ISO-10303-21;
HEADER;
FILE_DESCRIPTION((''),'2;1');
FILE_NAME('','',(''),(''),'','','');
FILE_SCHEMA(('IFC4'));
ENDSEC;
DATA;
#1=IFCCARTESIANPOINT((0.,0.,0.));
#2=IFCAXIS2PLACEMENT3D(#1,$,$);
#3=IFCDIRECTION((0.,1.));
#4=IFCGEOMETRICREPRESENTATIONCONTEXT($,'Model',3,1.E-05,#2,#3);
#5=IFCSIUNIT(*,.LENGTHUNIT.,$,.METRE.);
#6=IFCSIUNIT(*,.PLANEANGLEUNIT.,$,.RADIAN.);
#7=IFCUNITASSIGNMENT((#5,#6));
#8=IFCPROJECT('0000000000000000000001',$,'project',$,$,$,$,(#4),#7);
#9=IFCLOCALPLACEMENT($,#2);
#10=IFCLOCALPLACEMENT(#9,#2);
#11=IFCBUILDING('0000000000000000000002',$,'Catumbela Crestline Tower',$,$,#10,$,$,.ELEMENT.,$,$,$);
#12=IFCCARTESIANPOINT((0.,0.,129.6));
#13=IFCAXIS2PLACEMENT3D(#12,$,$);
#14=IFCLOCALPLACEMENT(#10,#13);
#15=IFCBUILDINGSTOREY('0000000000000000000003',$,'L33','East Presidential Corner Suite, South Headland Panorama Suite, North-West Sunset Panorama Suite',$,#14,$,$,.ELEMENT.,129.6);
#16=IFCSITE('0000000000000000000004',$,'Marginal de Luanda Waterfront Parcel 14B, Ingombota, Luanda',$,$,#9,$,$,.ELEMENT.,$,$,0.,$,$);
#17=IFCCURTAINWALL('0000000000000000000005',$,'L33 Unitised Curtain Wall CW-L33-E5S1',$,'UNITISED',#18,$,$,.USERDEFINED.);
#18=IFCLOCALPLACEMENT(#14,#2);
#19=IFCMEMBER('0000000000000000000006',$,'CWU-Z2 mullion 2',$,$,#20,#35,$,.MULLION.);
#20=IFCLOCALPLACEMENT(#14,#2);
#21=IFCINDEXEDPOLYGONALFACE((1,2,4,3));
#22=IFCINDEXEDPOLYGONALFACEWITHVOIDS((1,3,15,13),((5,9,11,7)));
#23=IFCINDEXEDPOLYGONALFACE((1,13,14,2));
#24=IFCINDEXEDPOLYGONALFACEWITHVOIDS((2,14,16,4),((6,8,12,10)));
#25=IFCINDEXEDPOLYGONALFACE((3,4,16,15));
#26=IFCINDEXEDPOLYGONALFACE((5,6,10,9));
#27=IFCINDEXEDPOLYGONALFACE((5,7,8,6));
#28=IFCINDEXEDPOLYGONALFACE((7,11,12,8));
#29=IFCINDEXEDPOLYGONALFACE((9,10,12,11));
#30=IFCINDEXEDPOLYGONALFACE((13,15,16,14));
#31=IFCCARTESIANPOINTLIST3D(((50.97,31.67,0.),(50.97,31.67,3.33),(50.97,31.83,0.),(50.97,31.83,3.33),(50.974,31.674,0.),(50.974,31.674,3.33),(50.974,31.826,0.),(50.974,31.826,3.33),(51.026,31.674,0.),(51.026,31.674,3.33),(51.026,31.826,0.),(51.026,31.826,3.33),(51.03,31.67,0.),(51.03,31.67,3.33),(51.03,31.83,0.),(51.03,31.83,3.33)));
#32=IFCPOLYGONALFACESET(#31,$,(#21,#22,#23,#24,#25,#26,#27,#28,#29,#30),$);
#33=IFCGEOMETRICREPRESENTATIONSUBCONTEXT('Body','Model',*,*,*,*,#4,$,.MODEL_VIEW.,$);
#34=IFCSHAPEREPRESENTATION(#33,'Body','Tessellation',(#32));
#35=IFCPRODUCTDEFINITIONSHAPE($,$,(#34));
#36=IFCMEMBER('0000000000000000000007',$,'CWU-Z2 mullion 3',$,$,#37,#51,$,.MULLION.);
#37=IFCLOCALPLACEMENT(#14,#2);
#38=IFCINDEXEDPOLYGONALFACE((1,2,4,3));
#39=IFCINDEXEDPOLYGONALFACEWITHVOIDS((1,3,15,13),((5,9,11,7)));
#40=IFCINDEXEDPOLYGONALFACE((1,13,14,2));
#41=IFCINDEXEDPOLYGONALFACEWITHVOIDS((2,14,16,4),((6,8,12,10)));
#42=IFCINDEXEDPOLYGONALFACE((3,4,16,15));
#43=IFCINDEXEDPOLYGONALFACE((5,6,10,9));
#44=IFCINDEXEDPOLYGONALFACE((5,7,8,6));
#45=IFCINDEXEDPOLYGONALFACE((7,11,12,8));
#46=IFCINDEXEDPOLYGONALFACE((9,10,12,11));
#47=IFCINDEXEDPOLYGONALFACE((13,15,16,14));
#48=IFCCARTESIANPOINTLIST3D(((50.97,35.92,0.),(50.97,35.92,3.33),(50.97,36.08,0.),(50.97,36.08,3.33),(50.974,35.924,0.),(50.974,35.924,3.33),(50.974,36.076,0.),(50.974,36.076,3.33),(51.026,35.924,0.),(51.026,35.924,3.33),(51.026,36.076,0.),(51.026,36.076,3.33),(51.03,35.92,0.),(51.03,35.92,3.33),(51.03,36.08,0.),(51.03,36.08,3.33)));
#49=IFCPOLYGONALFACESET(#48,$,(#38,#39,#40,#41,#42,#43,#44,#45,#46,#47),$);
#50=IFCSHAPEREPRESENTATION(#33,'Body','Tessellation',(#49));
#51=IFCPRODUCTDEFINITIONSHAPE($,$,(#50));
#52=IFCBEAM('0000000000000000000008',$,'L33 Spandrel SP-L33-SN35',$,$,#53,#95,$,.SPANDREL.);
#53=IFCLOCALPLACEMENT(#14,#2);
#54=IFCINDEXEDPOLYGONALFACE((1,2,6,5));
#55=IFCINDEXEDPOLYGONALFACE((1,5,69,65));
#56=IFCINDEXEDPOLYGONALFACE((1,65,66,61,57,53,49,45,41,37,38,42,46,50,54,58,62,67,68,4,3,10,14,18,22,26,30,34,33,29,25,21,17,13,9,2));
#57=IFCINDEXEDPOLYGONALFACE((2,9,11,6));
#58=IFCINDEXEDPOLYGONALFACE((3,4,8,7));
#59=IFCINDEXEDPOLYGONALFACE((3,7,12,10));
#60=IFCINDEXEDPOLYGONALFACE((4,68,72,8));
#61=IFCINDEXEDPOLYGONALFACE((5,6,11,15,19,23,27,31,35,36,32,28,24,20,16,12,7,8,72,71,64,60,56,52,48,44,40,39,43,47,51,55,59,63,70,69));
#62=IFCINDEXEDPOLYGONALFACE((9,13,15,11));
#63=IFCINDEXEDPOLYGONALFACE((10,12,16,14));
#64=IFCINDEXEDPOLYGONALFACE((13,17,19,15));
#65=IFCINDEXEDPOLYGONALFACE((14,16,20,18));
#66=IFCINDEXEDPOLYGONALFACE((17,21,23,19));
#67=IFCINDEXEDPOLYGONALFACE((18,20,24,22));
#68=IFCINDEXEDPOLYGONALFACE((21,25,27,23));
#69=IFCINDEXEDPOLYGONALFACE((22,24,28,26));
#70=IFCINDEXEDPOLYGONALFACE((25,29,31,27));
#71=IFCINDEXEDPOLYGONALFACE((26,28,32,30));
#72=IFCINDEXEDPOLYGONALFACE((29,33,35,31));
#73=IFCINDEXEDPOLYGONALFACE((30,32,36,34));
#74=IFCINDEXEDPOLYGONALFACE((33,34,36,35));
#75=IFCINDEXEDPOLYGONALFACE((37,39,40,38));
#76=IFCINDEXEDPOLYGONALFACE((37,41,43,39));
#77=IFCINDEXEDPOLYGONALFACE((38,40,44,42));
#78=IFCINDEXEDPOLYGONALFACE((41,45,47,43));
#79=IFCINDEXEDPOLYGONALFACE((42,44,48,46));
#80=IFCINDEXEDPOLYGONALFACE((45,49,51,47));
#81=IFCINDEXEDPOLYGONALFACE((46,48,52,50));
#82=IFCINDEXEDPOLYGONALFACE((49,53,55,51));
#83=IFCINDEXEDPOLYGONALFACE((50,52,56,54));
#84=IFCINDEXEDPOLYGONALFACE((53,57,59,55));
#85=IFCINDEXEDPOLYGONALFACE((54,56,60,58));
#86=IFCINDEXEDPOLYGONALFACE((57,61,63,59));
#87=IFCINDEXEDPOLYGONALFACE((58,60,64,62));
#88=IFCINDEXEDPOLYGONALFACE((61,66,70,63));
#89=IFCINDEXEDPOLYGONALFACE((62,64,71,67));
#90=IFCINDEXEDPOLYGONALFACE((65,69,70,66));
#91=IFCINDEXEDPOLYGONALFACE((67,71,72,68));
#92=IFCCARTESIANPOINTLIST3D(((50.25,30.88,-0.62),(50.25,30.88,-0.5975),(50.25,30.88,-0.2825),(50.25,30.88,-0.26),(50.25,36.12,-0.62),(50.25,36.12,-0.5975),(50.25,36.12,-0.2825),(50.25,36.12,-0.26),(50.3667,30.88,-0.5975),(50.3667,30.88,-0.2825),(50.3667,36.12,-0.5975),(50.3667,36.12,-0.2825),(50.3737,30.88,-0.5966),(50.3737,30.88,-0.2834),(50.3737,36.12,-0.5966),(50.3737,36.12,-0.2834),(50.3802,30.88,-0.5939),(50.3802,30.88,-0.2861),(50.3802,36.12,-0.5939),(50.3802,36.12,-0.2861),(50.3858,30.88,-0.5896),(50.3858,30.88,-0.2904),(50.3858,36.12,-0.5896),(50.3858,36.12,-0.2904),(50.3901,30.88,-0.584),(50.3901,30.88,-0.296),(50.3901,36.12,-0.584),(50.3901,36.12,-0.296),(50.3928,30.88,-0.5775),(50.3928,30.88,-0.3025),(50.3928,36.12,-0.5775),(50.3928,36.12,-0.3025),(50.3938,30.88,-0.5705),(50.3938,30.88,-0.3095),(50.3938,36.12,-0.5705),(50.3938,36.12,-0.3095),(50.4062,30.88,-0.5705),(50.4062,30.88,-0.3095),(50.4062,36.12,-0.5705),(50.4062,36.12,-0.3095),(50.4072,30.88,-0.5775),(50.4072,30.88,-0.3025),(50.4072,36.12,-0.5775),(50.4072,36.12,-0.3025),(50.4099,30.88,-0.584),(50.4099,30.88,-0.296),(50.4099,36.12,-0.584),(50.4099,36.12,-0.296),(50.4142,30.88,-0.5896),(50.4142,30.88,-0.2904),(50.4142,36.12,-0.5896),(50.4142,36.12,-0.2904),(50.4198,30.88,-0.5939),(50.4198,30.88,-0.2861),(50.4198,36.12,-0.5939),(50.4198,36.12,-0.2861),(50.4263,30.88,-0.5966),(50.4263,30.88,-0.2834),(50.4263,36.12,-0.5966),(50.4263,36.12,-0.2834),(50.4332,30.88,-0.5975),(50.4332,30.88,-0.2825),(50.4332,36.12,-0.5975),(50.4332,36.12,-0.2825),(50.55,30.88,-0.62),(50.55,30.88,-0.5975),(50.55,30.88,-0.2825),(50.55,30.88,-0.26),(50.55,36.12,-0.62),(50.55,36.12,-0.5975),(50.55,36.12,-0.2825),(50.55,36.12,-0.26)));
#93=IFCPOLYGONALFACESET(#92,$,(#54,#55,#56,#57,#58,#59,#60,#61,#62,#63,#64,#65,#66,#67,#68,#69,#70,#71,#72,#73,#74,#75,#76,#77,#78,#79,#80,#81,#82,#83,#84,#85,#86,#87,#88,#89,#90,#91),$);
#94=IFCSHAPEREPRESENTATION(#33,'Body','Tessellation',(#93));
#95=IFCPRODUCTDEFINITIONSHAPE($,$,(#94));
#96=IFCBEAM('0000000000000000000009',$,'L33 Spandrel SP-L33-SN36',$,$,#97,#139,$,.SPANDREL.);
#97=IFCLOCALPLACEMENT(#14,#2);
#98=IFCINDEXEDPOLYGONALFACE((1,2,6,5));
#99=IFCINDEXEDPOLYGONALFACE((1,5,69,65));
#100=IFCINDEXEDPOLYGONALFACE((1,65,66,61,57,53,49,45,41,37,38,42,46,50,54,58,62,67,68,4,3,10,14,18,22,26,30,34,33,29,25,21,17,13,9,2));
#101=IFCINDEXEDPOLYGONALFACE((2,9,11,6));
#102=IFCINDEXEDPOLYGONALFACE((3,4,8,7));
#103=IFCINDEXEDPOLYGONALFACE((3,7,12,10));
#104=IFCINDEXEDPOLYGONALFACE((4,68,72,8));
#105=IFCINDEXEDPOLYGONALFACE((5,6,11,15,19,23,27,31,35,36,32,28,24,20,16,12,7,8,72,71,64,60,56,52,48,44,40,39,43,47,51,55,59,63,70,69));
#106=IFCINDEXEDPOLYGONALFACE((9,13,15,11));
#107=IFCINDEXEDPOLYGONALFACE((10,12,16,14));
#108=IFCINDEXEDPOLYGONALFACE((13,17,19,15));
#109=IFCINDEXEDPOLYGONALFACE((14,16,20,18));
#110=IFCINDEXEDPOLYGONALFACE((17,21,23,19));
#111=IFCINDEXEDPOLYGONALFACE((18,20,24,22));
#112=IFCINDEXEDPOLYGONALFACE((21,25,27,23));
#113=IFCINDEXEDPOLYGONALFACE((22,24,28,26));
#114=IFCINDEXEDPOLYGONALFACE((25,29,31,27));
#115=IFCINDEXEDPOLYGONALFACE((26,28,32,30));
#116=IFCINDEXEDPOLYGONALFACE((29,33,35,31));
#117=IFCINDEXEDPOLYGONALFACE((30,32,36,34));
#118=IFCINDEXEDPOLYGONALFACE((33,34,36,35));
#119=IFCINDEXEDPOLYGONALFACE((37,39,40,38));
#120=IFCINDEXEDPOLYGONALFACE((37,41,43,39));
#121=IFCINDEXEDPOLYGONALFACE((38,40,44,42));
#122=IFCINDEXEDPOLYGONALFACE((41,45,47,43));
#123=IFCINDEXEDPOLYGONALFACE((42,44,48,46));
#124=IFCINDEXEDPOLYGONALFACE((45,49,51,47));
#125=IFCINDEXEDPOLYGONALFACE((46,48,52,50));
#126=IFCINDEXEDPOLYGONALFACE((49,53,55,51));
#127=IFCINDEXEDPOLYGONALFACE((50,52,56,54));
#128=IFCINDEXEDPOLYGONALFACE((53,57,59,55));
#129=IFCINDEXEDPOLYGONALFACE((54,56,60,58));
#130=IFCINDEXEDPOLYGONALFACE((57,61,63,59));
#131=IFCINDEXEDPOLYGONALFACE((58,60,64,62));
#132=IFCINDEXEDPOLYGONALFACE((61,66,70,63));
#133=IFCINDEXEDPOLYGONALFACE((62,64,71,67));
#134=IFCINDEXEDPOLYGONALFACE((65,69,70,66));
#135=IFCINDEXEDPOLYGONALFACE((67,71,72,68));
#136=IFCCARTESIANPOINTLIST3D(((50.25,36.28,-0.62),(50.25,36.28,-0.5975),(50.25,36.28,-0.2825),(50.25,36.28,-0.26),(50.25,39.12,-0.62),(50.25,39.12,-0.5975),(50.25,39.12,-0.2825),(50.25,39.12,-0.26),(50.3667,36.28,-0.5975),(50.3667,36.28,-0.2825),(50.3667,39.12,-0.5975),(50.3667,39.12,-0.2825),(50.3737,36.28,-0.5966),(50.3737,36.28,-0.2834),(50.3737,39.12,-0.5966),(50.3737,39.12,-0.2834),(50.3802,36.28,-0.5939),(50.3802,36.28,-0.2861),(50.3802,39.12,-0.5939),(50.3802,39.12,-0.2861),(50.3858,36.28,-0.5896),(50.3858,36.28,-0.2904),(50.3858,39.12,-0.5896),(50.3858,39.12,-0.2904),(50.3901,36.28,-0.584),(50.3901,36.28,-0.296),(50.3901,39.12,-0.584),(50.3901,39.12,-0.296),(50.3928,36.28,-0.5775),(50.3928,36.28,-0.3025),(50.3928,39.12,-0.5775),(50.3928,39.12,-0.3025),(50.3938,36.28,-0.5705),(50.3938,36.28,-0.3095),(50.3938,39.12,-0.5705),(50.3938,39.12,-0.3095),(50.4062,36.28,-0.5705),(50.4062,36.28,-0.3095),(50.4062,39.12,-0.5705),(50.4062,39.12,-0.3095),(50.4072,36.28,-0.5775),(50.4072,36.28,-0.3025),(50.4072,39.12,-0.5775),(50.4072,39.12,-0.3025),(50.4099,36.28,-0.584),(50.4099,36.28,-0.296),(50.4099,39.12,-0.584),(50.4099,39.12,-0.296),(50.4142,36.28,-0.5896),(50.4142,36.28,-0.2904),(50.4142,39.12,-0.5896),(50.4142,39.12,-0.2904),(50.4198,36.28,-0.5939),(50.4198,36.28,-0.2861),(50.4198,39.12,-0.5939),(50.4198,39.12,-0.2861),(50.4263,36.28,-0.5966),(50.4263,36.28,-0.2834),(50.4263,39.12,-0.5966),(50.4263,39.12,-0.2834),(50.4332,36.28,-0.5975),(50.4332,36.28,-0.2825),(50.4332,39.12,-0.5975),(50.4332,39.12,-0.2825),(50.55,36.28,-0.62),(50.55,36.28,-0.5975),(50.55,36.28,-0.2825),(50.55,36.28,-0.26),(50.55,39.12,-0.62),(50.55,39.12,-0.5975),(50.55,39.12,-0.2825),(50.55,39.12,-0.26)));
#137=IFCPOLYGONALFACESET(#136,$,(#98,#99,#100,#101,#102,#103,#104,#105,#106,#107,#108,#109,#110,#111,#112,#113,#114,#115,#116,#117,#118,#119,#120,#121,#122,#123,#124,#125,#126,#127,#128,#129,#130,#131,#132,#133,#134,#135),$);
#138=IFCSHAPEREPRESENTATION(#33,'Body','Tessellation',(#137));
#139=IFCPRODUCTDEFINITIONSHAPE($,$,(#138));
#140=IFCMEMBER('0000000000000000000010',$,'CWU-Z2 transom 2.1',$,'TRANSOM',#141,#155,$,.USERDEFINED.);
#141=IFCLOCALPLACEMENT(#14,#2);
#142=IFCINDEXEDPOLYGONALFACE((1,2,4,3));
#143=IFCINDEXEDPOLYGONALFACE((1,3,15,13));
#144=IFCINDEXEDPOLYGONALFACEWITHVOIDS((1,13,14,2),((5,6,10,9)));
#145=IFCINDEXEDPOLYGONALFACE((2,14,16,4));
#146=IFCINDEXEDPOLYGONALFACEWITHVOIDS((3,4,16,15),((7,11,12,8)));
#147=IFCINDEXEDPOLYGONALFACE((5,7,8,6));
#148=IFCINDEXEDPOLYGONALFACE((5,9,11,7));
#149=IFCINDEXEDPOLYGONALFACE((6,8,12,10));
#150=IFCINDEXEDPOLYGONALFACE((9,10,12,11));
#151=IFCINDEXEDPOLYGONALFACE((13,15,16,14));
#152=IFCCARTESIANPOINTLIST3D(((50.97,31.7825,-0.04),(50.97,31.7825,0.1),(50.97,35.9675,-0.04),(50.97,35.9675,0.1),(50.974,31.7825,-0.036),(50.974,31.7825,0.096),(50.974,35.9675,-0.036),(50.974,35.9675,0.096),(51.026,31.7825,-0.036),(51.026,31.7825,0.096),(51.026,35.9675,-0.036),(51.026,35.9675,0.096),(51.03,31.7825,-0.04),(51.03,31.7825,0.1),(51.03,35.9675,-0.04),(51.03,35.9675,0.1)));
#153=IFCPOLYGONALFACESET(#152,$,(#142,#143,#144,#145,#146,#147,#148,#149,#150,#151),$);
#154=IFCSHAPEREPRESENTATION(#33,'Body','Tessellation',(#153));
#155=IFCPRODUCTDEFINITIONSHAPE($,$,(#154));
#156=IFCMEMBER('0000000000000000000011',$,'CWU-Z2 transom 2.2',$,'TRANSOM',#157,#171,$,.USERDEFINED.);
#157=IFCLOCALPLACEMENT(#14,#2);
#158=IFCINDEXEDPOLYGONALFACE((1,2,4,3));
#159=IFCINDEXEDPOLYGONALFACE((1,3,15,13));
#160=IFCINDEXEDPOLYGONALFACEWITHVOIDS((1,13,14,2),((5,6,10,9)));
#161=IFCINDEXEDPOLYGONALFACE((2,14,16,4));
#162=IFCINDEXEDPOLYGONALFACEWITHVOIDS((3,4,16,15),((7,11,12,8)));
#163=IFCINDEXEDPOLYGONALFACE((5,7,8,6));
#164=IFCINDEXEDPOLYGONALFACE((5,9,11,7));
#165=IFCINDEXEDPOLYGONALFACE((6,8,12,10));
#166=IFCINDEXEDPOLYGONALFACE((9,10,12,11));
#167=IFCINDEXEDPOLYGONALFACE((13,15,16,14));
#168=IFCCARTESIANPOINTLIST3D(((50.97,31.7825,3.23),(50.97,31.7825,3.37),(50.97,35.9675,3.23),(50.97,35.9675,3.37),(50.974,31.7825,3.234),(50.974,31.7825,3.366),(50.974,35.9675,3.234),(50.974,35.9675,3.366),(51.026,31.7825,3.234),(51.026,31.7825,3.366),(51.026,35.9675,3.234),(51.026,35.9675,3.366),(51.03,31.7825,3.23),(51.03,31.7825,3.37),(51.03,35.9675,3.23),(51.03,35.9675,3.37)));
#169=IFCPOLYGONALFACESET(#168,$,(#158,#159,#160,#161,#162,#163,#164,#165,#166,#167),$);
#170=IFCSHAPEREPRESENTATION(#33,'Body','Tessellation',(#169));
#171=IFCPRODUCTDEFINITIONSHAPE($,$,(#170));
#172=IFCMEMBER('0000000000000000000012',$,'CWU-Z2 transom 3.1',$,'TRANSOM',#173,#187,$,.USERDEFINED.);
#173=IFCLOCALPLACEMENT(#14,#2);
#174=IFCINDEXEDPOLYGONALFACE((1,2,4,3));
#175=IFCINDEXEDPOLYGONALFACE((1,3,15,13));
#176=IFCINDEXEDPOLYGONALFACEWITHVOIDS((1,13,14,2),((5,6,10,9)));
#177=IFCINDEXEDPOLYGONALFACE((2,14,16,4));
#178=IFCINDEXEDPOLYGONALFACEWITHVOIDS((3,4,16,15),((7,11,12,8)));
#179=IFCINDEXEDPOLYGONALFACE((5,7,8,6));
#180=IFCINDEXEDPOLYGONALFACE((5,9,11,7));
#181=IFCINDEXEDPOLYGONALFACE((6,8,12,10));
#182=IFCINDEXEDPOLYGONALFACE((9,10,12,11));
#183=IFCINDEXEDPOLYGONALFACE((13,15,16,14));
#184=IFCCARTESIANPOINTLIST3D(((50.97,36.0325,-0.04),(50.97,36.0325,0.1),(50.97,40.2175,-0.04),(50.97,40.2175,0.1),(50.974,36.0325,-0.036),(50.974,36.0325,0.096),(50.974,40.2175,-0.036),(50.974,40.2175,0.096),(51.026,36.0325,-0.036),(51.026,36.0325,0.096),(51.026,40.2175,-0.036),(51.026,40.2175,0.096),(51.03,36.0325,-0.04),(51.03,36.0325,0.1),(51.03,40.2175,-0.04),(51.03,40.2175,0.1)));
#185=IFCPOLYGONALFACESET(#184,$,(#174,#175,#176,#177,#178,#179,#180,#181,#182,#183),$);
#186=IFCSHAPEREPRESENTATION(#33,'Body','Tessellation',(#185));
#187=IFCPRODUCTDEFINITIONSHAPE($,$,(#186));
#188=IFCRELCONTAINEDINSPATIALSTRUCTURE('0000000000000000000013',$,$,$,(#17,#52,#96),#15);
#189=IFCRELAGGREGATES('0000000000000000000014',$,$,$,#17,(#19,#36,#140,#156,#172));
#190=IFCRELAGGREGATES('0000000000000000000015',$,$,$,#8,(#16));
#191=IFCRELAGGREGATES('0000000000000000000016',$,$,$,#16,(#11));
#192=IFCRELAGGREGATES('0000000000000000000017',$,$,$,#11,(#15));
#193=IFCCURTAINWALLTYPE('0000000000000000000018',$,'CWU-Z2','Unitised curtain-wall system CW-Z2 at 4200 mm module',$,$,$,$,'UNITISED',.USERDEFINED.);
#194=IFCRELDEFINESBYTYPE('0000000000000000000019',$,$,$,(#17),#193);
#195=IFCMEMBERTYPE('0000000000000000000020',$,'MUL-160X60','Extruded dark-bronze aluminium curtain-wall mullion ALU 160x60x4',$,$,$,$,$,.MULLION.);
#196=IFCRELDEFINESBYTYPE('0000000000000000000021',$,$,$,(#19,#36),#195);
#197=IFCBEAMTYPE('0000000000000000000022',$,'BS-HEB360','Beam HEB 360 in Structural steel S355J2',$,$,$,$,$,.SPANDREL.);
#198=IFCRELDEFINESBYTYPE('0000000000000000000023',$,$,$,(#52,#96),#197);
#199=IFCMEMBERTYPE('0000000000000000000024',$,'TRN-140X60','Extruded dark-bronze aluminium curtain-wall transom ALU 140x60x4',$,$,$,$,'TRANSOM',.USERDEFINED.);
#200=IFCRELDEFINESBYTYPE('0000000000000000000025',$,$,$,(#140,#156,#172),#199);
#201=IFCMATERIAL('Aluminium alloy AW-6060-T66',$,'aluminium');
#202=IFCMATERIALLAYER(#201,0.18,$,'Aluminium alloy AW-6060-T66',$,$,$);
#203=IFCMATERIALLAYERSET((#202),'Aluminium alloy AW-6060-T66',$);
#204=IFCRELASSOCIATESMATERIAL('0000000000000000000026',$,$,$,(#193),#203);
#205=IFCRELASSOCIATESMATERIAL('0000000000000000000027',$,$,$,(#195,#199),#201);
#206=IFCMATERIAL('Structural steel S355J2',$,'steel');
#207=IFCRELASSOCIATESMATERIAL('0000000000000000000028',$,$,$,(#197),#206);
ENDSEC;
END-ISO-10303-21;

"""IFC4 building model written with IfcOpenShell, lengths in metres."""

from ifc_helpers import new_model, si_unit, direction, frame, origin, origin_2d, place, context, subcontext, project, spatial, hollow_rectangle, i_section, extrude, material, layer, layer_set, material_profile, profile_set, type_object, element, aggregate, save


model = new_model("IFC4")

# Units and contexts
model_context = context("Model", 3, precision=1e-05, world=origin(), true_north=direction((0.0, 1.0)))
body_context = subcontext(model_context, "Body", "Model", "MODEL_VIEW")
ifc_project = project(units=[si_unit("LENGTHUNIT", "METRE"), si_unit("PLANEANGLEUNIT", "RADIAN")], contexts=[model_context])

# Site, building, storey
site_placement = place(None, origin())
site = spatial("IfcSite", under=ifc_project, at=site_placement, Name="Marginal de Luanda Waterfront Parcel 14B, Ingombota, Luanda", CompositionType="ELEMENT", RefElevation=0.0)
building_placement = place(site_placement, origin())
building = spatial("IfcBuilding", under=site, at=building_placement, Name="Catumbela Crestline Tower", CompositionType="ELEMENT")
storey_placement = place(building_placement, frame((0.0, 0.0, 129.6)))
storey = spatial("IfcBuildingStorey", under=building, at=storey_placement, Name="L33", Description="East Presidential Corner Suite, South Headland Panorama Suite, North-West Sunset Panorama Suite", CompositionType="ELEMENT", Elevation=129.6)

# Shared definitions
ifc_material_1 = material(Name="Structural steel S355J2", Category="steel")

# Curtain wall, members
ifc_material_2 = material(Name="Aluminium alloy AW-6060-T66", Category="aluminium")
ifc_layer_1 = layer(ifc_material_2, 0.18, Name="Aluminium alloy AW-6060-T66")
ifc_layer_set_1 = layer_set([ifc_layer_1], Name="Aluminium alloy AW-6060-T66")
curtain_wall_type = type_object("IfcCurtainWallType", Name="CWU-Z2", Description="Unitised curtain-wall system CW-Z2 at 4200 mm module", ElementType="UNITISED", PredefinedType="USERDEFINED", material=ifc_layer_set_1)
curtain_wall_placement = place(storey_placement, origin())
curtain_wall = element("IfcCurtainWall", 1, at=curtain_wall_placement, inside=storey, type_object=curtain_wall_type, Name="L33 Unitised Curtain Wall CW-L33-E5S1", ObjectType="UNITISED", PredefinedType="USERDEFINED")
ifc_material_profile_1 = material_profile(ifc_material_2, hollow_rectangle(XDim=0.06, YDim=0.16, WallThickness=0.004, at=origin_2d()), Name="ALU 160x60x4")
ifc_profile_set_1 = profile_set([ifc_material_profile_1], Name="Aluminium alloy AW-6060-T66")
member_type_1 = type_object("IfcMemberType", Name="MUL-160X60", Description="Extruded dark-bronze aluminium curtain-wall mullion ALU 160x60x4", PredefinedType="MULLION", material=ifc_profile_set_1)
member_1_placement = place(storey_placement, frame((51.0, 31.75, 0.0), z_axis=(0.0, 0.0, 1.0), x_axis=(-1.0, 0.0, 0.0)))
member_1 = element("IfcMember", 2, at=member_1_placement, type_object=member_type_1, Name="CWU-Z2 mullion 2", PredefinedType="MULLION", context=body_context, shape_type="SweptSolid", body=[
    extrude(hollow_rectangle(XDim=0.06, YDim=0.16, WallThickness=0.004, at=origin_2d()), origin(), (0.0, 0.0, 1.0), 3.33),
])
member_2_placement = place(storey_placement, frame((51.0, 36.0, 0.0), z_axis=(0.0, 0.0, 1.0), x_axis=(-1.0, 0.0, 0.0)))
member_2 = element("IfcMember", 3, at=member_2_placement, type_object=member_type_1, Name="CWU-Z2 mullion 3", PredefinedType="MULLION", context=body_context, shape_type="SweptSolid", body=[
    extrude(hollow_rectangle(XDim=0.06, YDim=0.16, WallThickness=0.004, at=origin_2d()), origin(), (0.0, 0.0, 1.0), 3.33),
])

# Beams
ifc_material_profile_2 = material_profile(ifc_material_1, i_section(OverallWidth=0.3, OverallDepth=0.36, WebThickness=0.0125, FlangeThickness=0.0225, FilletRadius=0.027, at=origin_2d()), Name="HEB 360")
ifc_profile_set_2 = profile_set([ifc_material_profile_2], Name="Structural steel S355J2")
beam_type_1 = type_object("IfcBeamType", Name="BS-HEB360", Description="Beam HEB 360 in Structural steel S355J2", PredefinedType="SPANDREL", material=ifc_profile_set_2)
beam_1_placement = place(storey_placement, frame((50.4, 30.88, -0.44), z_axis=(0.0, 1.0, 0.0), x_axis=(-1.0, 0.0, 0.0)))
element("IfcBeam", 4, at=beam_1_placement, inside=storey, type_object=beam_type_1, Name="L33 Spandrel SP-L33-SN35", PredefinedType="SPANDREL", context=body_context, shape_type="SweptSolid", body=[
    extrude(i_section(OverallWidth=0.3, OverallDepth=0.36, WebThickness=0.0125, FlangeThickness=0.0225, FilletRadius=0.027, at=origin_2d()), origin(), (0.0, 0.0, 1.0), 5.24),
])
beam_2_placement = place(storey_placement, frame((50.4, 36.28, -0.44), z_axis=(0.0, 1.0, 0.0), x_axis=(-1.0, 0.0, 0.0)))
element("IfcBeam", 5, at=beam_2_placement, inside=storey, type_object=beam_type_1, Name="L33 Spandrel SP-L33-SN36", PredefinedType="SPANDREL", context=body_context, shape_type="SweptSolid", body=[
    extrude(i_section(OverallWidth=0.3, OverallDepth=0.36, WebThickness=0.0125, FlangeThickness=0.0225, FilletRadius=0.027, at=origin_2d()), origin(), (0.0, 0.0, 1.0), 2.84),
])

# Members
ifc_material_profile_3 = material_profile(ifc_material_2, hollow_rectangle(XDim=0.06, YDim=0.14, WallThickness=0.004, at=origin_2d()), Name="ALU 140x60x4")
ifc_profile_set_3 = profile_set([ifc_material_profile_3], Name="Aluminium alloy AW-6060-T66")
member_type_2 = type_object("IfcMemberType", Name="TRN-140X60", Description="Extruded dark-bronze aluminium curtain-wall transom ALU 140x60x4", ElementType="TRANSOM", PredefinedType="USERDEFINED", material=ifc_profile_set_3)
member_3_placement = place(storey_placement, frame((51.0, 31.7825, 0.03), z_axis=(0.0, 1.0, 0.0), x_axis=(-1.0, 0.0, 0.0)))
member_3 = element("IfcMember", 6, at=member_3_placement, type_object=member_type_2, Name="CWU-Z2 transom 2.1", ObjectType="TRANSOM", PredefinedType="USERDEFINED", context=body_context, shape_type="SweptSolid", body=[
    extrude(hollow_rectangle(XDim=0.06, YDim=0.14, WallThickness=0.004, at=origin_2d()), origin(), (0.0, 0.0, 1.0), 4.185),
])
member_4_placement = place(storey_placement, frame((51.0, 31.7825, 3.3), z_axis=(0.0, 1.0, 0.0), x_axis=(-1.0, 0.0, 0.0)))
member_4 = element("IfcMember", 7, at=member_4_placement, type_object=member_type_2, Name="CWU-Z2 transom 2.2", ObjectType="TRANSOM", PredefinedType="USERDEFINED", context=body_context, shape_type="SweptSolid", body=[
    extrude(hollow_rectangle(XDim=0.06, YDim=0.14, WallThickness=0.004, at=origin_2d()), origin(), (0.0, 0.0, 1.0), 4.185),
])
member_5_placement = place(storey_placement, frame((51.0, 36.0325, 0.03), z_axis=(0.0, 1.0, 0.0), x_axis=(-1.0, 0.0, 0.0)))
member_5 = element("IfcMember", 8, at=member_5_placement, type_object=member_type_2, Name="CWU-Z2 transom 3.1", ObjectType="TRANSOM", PredefinedType="USERDEFINED", context=body_context, shape_type="SweptSolid", body=[
    extrude(hollow_rectangle(XDim=0.06, YDim=0.14, WallThickness=0.004, at=origin_2d()), origin(), (0.0, 0.0, 1.0), 4.185),
])

aggregate(curtain_wall, [member_1, member_2, member_3, member_4, member_5])

save(model, "model.ifc")
